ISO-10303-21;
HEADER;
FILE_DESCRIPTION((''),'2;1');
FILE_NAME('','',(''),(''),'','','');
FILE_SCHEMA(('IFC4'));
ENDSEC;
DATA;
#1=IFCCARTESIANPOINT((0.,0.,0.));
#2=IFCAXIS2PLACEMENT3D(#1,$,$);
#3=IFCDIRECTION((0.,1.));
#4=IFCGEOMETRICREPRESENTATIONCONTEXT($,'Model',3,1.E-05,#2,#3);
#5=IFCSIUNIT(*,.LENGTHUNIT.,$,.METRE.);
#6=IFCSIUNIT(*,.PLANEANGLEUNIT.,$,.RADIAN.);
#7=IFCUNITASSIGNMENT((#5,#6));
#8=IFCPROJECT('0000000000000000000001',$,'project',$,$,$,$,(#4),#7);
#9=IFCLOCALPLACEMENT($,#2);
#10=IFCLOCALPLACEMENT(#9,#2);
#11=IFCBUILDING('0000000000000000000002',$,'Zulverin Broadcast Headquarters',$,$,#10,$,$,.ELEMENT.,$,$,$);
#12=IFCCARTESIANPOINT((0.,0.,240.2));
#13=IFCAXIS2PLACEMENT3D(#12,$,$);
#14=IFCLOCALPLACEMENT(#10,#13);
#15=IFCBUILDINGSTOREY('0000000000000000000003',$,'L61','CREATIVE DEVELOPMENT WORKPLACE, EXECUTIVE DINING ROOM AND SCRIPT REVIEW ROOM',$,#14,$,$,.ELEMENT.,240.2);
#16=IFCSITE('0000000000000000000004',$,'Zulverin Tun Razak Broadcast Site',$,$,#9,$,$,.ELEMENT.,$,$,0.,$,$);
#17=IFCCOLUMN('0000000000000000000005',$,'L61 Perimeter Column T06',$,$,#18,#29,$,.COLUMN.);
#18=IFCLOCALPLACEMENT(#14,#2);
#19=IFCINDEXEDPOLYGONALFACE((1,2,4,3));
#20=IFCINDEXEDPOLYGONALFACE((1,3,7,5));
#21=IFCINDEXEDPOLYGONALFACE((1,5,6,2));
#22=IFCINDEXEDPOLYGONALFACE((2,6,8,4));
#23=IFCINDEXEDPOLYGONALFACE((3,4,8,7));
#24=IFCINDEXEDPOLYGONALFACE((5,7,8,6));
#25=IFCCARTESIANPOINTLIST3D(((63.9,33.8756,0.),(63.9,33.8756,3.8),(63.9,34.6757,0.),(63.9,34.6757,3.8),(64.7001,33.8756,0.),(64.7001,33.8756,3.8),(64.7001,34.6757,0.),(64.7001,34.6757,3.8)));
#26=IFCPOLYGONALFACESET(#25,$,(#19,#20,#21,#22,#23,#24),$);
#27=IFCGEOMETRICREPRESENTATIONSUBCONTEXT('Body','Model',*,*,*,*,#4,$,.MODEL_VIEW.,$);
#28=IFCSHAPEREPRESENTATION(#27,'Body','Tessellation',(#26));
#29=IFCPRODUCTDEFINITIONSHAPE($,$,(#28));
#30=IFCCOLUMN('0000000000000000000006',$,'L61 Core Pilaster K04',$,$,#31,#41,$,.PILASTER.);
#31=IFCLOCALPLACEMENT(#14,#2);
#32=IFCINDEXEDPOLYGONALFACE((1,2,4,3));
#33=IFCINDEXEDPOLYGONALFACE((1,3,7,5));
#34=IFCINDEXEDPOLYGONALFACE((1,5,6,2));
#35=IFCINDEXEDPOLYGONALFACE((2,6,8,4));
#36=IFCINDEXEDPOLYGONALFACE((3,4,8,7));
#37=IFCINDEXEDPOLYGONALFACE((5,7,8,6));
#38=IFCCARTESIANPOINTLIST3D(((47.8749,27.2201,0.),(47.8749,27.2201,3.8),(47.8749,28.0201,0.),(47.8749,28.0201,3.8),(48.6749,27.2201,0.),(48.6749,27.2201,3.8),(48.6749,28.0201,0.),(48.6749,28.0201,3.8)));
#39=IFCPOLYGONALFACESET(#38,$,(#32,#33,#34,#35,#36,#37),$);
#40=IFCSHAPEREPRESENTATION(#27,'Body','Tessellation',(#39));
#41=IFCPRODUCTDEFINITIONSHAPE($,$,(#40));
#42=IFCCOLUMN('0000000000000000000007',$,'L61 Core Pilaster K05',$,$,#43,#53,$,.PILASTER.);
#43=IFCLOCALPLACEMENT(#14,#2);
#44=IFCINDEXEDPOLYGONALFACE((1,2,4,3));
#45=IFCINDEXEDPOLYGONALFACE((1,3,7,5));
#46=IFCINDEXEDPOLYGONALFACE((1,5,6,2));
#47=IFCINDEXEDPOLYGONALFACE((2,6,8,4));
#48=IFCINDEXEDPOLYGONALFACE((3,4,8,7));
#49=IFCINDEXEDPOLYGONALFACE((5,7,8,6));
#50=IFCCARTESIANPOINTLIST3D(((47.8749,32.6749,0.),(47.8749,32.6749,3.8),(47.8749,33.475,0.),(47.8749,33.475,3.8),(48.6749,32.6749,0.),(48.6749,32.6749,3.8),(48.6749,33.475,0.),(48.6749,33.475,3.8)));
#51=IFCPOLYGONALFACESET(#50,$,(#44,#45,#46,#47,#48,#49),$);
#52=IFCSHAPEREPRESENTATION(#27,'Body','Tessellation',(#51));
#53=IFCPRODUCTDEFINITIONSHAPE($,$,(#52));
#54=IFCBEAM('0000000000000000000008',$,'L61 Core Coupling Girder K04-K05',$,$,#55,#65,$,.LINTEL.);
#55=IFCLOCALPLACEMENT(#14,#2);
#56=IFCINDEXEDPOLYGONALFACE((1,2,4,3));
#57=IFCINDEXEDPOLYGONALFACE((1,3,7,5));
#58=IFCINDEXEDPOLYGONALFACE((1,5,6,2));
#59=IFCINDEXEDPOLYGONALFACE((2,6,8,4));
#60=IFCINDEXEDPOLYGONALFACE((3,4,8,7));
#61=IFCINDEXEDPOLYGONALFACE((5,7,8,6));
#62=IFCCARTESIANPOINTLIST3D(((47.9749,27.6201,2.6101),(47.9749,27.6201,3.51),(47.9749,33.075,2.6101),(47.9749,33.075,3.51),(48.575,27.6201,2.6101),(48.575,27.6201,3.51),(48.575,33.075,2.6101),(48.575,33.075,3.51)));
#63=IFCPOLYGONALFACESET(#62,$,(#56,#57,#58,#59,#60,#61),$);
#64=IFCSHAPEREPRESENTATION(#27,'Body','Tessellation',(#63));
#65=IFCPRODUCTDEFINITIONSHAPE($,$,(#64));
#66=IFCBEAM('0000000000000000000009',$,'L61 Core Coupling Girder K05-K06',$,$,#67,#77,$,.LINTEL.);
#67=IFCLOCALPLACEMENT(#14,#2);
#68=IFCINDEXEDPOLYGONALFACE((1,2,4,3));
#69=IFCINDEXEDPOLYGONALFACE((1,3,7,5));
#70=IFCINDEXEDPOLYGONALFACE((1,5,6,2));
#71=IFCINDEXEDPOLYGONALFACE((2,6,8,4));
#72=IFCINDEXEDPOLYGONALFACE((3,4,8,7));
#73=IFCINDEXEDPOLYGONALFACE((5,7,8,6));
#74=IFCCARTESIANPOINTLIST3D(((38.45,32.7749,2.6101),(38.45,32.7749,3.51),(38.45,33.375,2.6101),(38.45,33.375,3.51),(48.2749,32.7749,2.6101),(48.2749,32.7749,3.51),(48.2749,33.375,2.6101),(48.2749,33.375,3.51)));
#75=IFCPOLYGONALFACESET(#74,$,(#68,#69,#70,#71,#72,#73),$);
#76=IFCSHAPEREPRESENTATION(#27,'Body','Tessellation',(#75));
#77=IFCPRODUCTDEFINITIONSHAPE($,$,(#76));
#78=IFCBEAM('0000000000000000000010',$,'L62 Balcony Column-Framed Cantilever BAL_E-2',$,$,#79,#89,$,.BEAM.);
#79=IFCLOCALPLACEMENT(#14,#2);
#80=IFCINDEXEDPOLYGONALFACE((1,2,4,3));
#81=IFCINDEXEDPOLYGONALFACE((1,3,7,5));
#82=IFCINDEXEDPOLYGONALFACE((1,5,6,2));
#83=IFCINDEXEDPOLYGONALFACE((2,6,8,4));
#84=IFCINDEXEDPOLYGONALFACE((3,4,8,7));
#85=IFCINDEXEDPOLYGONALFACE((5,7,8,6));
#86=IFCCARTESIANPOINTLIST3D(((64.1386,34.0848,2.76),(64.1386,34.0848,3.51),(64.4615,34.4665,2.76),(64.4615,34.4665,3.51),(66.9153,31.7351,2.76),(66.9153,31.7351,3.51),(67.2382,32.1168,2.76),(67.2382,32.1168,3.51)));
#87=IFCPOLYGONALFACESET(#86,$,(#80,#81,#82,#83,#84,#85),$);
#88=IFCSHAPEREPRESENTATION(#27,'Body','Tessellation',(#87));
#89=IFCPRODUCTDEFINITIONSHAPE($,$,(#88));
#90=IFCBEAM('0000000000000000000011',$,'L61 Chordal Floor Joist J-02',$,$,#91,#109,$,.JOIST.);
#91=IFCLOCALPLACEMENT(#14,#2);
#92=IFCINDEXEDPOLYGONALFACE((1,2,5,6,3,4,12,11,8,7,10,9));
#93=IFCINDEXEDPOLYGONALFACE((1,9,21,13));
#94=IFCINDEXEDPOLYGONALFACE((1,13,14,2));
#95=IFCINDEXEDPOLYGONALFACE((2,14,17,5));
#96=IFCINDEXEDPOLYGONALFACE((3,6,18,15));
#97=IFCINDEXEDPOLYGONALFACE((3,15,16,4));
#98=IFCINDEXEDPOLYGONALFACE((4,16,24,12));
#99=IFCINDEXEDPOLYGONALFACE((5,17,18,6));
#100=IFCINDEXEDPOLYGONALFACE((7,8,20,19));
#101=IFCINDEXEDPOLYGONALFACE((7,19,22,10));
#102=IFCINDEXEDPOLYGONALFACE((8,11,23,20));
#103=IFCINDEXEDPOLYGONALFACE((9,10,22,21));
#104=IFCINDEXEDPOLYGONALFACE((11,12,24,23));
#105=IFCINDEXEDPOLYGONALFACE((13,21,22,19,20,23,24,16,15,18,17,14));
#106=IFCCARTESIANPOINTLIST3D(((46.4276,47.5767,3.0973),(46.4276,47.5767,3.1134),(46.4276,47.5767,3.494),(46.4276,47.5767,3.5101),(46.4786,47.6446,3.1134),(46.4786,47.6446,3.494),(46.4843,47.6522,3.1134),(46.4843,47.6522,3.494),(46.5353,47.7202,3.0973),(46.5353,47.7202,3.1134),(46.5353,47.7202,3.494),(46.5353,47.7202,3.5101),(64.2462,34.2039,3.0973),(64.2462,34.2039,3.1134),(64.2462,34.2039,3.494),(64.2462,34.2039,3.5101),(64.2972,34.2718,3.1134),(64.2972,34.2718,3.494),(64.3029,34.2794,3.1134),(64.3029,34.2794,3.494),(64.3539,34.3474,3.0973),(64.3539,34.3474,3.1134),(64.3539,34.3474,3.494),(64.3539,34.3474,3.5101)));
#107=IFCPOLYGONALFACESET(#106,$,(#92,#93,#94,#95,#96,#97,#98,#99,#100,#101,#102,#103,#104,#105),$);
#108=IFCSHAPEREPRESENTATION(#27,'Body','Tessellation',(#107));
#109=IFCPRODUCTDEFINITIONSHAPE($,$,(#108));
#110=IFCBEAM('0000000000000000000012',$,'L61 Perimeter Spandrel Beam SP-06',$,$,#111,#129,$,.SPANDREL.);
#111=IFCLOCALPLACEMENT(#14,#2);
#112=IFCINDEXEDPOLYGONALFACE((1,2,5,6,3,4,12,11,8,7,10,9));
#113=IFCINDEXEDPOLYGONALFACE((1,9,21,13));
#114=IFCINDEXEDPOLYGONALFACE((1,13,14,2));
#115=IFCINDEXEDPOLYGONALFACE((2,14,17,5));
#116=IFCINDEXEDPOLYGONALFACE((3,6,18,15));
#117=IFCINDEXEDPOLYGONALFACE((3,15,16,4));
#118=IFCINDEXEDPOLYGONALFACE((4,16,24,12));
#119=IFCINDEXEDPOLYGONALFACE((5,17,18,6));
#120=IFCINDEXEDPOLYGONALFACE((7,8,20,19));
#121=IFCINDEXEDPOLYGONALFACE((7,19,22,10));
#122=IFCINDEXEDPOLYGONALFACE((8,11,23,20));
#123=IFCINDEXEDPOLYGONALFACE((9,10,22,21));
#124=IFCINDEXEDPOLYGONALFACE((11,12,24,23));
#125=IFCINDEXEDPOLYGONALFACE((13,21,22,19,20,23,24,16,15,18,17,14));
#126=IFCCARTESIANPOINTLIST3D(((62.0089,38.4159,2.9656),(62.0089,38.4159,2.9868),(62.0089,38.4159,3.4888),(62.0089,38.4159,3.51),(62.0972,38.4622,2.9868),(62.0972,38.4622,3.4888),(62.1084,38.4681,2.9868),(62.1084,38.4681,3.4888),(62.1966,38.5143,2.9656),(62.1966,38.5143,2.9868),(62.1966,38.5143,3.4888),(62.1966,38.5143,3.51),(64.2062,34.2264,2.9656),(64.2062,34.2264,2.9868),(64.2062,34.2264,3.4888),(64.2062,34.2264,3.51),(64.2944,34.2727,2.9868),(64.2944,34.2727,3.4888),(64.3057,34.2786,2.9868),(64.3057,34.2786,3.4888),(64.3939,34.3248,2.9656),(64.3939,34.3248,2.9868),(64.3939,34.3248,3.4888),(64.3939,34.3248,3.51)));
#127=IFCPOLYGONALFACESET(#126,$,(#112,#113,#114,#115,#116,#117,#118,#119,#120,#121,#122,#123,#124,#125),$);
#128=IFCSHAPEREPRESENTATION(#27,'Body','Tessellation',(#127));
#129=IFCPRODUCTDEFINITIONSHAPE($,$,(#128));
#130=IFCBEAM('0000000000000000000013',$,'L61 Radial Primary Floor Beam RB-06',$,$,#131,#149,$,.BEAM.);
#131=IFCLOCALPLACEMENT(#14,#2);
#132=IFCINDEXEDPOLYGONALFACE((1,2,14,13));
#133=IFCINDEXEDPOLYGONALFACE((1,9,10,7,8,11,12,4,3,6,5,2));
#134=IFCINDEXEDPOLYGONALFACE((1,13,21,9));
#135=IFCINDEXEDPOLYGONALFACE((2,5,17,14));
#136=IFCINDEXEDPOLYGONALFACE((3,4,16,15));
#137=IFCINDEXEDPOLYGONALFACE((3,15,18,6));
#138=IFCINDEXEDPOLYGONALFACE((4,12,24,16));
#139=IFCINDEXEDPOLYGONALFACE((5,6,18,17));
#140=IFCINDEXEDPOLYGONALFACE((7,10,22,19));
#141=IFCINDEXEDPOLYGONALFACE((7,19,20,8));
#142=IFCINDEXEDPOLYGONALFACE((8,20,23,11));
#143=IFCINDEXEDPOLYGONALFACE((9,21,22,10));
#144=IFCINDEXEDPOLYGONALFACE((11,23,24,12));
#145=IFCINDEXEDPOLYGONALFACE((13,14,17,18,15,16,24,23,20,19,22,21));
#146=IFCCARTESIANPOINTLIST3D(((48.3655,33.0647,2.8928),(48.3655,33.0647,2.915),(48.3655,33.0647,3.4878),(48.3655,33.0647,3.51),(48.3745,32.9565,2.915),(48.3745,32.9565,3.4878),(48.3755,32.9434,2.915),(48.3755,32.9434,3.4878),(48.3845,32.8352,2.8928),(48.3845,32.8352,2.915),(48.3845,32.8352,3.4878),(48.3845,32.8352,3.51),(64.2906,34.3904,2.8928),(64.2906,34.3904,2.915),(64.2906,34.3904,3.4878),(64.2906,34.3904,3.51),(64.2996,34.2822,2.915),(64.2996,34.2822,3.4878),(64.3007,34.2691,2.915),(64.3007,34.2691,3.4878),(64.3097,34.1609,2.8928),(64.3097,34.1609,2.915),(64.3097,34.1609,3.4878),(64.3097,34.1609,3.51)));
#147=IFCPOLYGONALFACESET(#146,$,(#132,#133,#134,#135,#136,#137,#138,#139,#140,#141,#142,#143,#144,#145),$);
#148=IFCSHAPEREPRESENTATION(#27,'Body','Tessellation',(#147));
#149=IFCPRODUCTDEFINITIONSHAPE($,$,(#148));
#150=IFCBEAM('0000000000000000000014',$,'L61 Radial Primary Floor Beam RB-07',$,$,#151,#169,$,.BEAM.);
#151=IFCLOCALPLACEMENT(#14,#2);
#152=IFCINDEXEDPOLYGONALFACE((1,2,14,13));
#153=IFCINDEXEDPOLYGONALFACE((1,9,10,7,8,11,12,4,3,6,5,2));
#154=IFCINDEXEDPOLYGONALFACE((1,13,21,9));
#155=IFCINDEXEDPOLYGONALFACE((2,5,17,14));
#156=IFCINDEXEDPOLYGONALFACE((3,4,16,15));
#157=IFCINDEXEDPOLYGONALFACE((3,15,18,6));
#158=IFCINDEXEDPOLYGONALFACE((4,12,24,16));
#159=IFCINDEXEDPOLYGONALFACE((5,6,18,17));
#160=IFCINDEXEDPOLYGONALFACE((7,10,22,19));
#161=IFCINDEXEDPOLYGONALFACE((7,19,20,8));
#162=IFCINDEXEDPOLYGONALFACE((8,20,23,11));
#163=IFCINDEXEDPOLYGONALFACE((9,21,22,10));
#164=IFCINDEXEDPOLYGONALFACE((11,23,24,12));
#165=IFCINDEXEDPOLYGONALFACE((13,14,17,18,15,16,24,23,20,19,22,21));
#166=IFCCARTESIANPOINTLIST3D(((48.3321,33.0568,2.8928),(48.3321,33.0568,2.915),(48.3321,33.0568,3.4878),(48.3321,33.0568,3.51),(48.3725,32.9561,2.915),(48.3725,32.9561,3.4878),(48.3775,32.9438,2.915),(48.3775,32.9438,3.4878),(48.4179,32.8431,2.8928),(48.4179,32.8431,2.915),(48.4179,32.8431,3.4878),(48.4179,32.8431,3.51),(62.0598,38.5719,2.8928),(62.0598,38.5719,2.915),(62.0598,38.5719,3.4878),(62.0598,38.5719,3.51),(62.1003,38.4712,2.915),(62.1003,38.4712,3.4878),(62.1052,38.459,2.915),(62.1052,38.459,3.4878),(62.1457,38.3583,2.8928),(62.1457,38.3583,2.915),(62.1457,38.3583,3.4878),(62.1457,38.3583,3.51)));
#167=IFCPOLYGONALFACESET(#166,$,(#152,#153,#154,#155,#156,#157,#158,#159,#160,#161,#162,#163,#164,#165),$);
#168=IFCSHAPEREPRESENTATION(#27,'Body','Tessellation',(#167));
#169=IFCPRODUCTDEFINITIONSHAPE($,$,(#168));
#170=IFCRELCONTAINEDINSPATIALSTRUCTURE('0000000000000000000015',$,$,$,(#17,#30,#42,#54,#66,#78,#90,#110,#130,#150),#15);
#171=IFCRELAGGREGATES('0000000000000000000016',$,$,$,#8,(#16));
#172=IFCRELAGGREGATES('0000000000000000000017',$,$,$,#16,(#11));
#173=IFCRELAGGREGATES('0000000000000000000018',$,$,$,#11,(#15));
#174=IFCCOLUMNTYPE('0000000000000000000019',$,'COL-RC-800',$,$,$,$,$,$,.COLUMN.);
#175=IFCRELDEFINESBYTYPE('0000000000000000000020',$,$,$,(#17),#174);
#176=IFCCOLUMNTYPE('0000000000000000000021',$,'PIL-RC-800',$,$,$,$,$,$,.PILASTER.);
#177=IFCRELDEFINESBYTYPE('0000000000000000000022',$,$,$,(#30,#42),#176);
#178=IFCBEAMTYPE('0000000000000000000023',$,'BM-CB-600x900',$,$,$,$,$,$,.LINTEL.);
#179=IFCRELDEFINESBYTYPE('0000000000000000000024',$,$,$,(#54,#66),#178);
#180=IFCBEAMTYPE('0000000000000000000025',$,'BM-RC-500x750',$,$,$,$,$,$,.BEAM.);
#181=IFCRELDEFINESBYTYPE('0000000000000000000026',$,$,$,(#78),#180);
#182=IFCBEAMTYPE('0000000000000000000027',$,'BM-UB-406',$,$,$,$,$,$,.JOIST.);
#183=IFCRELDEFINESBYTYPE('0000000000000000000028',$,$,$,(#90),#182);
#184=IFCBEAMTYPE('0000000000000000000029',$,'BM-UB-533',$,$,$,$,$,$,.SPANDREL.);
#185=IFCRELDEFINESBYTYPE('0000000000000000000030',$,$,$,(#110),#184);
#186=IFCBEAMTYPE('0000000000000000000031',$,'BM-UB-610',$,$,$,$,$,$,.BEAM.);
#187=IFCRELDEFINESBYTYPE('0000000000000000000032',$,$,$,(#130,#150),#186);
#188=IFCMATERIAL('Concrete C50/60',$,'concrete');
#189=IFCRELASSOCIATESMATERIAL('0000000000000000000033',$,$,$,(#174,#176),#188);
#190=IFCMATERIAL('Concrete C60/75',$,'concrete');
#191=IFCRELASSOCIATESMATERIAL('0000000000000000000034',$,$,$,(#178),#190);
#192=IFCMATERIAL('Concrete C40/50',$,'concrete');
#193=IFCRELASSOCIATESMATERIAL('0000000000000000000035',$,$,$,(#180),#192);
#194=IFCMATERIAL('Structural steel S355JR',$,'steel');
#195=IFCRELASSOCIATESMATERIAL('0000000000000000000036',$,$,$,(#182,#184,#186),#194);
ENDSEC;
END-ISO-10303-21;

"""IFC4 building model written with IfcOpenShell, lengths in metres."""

from ifc_helpers import new_model, si_unit, direction, frame, origin, origin_2d, place, context, subcontext, project, spatial, rectangle, i_section, extrude, material, material_profile, profile_set, type_object, element, save


model = new_model("IFC4")

# Units and contexts
model_context = context("Model", 3, precision=1e-05, world=origin(), true_north=direction((0.0, 1.0)))
body_context = subcontext(model_context, "Body", "Model", "MODEL_VIEW")
ifc_project = project(units=[si_unit("LENGTHUNIT", "METRE"), si_unit("PLANEANGLEUNIT", "RADIAN")], contexts=[model_context])

# Site, building, storey
site_placement = place(None, origin())
site = spatial("IfcSite", under=ifc_project, at=site_placement, Name="Zulverin Tun Razak Broadcast Site", CompositionType="ELEMENT", RefElevation=0.0)
building_placement = place(site_placement, origin())
building = spatial("IfcBuilding", under=site, at=building_placement, Name="Zulverin Broadcast Headquarters", CompositionType="ELEMENT")
storey_placement = place(building_placement, frame((0.0, 0.0, 240.2)))
storey = spatial("IfcBuildingStorey", under=building, at=storey_placement, Name="L61", Description="CREATIVE DEVELOPMENT WORKPLACE, EXECUTIVE DINING ROOM AND SCRIPT REVIEW ROOM", CompositionType="ELEMENT", Elevation=240.2)

# Columns
ifc_material_1 = material(Name="Concrete C50/60", Category="concrete")
ifc_material_profile_1 = material_profile(ifc_material_1, rectangle(XDim=0.8, YDim=0.8, at=origin_2d()), Name="Concrete C50/60", Category="concrete")
ifc_profile_set_1 = profile_set([ifc_material_profile_1], Name="Concrete C50/60")
column_type_1 = type_object("IfcColumnType", Name="COL-RC-800", PredefinedType="COLUMN", material=ifc_profile_set_1)
column_placement = place(storey_placement, frame((64.3, 34.2756, 0.0), z_axis=(0.0, 0.0, 1.0), x_axis=(1.0, 0.0, 0.0)))
element("IfcColumn", 1, at=column_placement, inside=storey, type_object=column_type_1, Name="L61 Perimeter Column T06", PredefinedType="COLUMN", context=body_context, shape_type="SweptSolid", body=[
    extrude(rectangle(XDim=0.8, YDim=0.8, at=origin_2d()), origin(), (0.0, 0.0, 1.0), 3.8),
])
ifc_material_profile_2 = material_profile(ifc_material_1, rectangle(XDim=0.8, YDim=0.8, at=origin_2d()), Name="Concrete C50/60", Category="concrete")
ifc_profile_set_2 = profile_set([ifc_material_profile_2], Name="Concrete C50/60")
column_type_2 = type_object("IfcColumnType", Name="PIL-RC-800", PredefinedType="PILASTER", material=ifc_profile_set_2)
for number, where, z_axis, x_axis, name in (
    (2, (48.2749, 27.6201, 0.0), (0.0, 0.0, 1.0), (1.0, 0.0, 0.0), "L61 Core Pilaster K04"),
    (3, (48.2749, 33.075, 0.0), (0.0, 0.0, 1.0), (1.0, 0.0, 0.0), "L61 Core Pilaster K05"),
):
    element("IfcColumn", number, at=place(storey_placement, frame(where, z_axis=z_axis, x_axis=x_axis)), inside=storey, type_object=column_type_2, Name=name, PredefinedType="PILASTER", context=body_context, shape_type="SweptSolid", body=[
        extrude(rectangle(XDim=0.8, YDim=0.8, at=origin_2d()), origin(), (0.0, 0.0, 1.0), 3.8),
    ])

# Beams
ifc_material_2 = material(Name="Concrete C60/75", Category="concrete")
ifc_material_profile_3 = material_profile(ifc_material_2, rectangle(XDim=0.6001, YDim=0.8999, at=origin_2d()), Name="Concrete C60/75", Category="concrete")
ifc_profile_set_3 = profile_set([ifc_material_profile_3], Name="Concrete C60/75")
beam_type_1 = type_object("IfcBeamType", Name="BM-CB-600x900", PredefinedType="LINTEL", material=ifc_profile_set_3)
beam_1_placement = place(storey_placement, frame((48.2749, 27.6201, 3.0601), z_axis=(0.0, 1.0, 0.0), x_axis=(-1.0, 0.0, 0.0)))
element("IfcBeam", 4, at=beam_1_placement, inside=storey, type_object=beam_type_1, Name="L61 Core Coupling Girder K04-K05", PredefinedType="LINTEL", context=body_context, shape_type="SweptSolid", body=[
    extrude(rectangle(XDim=0.6001, YDim=0.8999, at=origin_2d()), origin(), (0.0, 0.0, 1.0), 5.4548),
])
beam_2_placement = place(storey_placement, frame((48.2749, 33.075, 3.0601), z_axis=(-1.0, 0.0, 0.0), x_axis=(0.0, -1.0, 0.0)))
element("IfcBeam", 5, at=beam_2_placement, inside=storey, type_object=beam_type_1, Name="L61 Core Coupling Girder K05-K06", PredefinedType="LINTEL", context=body_context, shape_type="SweptSolid", body=[
    extrude(rectangle(XDim=0.6001, YDim=0.8999, at=origin_2d()), origin(), (0.0, 0.0, 1.0), 9.825),
])
ifc_material_3 = material(Name="Concrete C40/50", Category="concrete")
ifc_material_profile_4 = material_profile(ifc_material_3, rectangle(XDim=0.5, YDim=0.75, at=origin_2d()), Name="Concrete C40/50", Category="concrete")
ifc_profile_set_4 = profile_set([ifc_material_profile_4], Name="Concrete C40/50")
beam_type_2 = type_object("IfcBeamType", Name="BM-RC-500x750", PredefinedType="BEAM", material=ifc_profile_set_4)
beam_3_placement = place(storey_placement, frame((64.3, 34.2756, 3.135), z_axis=(0.763363, -0.645969, 0.0), x_axis=(0.645969, 0.763363, 0.0)))
element("IfcBeam", 6, at=beam_3_placement, inside=storey, type_object=beam_type_2, Name="L62 Balcony Column-Framed Cantilever BAL_E-2", PredefinedType="BEAM", context=body_context, shape_type="SweptSolid", body=[
    extrude(rectangle(XDim=0.5, YDim=0.75, at=origin_2d()), origin(), (0.0, 0.0, 1.0), 3.6375),
])
ifc_material_4 = material(Name="Structural steel S355JR", Category="steel")
ifc_material_profile_5 = material_profile(ifc_material_4, i_section(OverallWidth=0.1794, OverallDepth=0.4128, WebThickness=0.0095, FlangeThickness=0.0161, at=origin_2d()), Name="Structural steel S355JR", Category="steel")
ifc_profile_set_5 = profile_set([ifc_material_profile_5], Name="Structural steel S355JR")
beam_type_3 = type_object("IfcBeamType", Name="BM-UB-406", PredefinedType="JOIST", material=ifc_profile_set_5)
beam_4_placement = place(storey_placement, frame((64.3, 34.2756, 3.3037), z_axis=(-0.799809, 0.600254, 0.0), x_axis=(-0.600254, -0.799809, 0.0)))
element("IfcBeam", 7, at=beam_4_placement, inside=storey, type_object=beam_type_3, Name="L61 Chordal Floor Joist J-02", PredefinedType="JOIST", context=body_context, shape_type="SweptSolid", body=[
    extrude(i_section(OverallWidth=0.1794, OverallDepth=0.4128, WebThickness=0.0095, FlangeThickness=0.0161, at=origin_2d()), origin(), (0.0, 0.0, 1.0), 22.2786),
])
ifc_material_profile_6 = material_profile(ifc_material_4, i_section(OverallWidth=0.2119, OverallDepth=0.5444, WebThickness=0.0127, FlangeThickness=0.0212, at=origin_2d()), Name="Structural steel S355JR", Category="steel")
ifc_profile_set_6 = profile_set([ifc_material_profile_6], Name="Structural steel S355JR")
beam_type_4 = type_object("IfcBeamType", Name="BM-UB-533", PredefinedType="SPANDREL", material=ifc_profile_set_6)
beam_5_placement = place(storey_placement, frame((64.3, 34.2756, 3.2378), z_axis=(-0.46447, 0.885589, 0.0), x_axis=(-0.885589, -0.46447, 0.0)))
element("IfcBeam", 8, at=beam_5_placement, inside=storey, type_object=beam_type_4, Name="L61 Perimeter Spandrel Beam SP-06", PredefinedType="SPANDREL", context=body_context, shape_type="SweptSolid", body=[
    extrude(i_section(OverallWidth=0.2119, OverallDepth=0.5444, WebThickness=0.0127, FlangeThickness=0.0212, at=origin_2d()), origin(), (0.0, 0.0, 1.0), 4.7307),
])
ifc_material_profile_7 = material_profile(ifc_material_4, i_section(OverallWidth=0.2302, OverallDepth=0.6172, WebThickness=0.0132, FlangeThickness=0.0222, at=origin_2d()), Name="Structural steel S355JR", Category="steel")
ifc_profile_set_7 = profile_set([ifc_material_profile_7], Name="Structural steel S355JR")
beam_type_5 = type_object("IfcBeamType", Name="BM-UB-610", PredefinedType="BEAM", material=ifc_profile_set_7)
beam_6_placement = place(storey_placement, frame((48.375, 32.95, 3.2014), z_axis=(0.996553, 0.082958, 0.0), x_axis=(-0.082958, 0.996553, 0.0)))
element("IfcBeam", 9, at=beam_6_placement, inside=storey, type_object=beam_type_5, Name="L61 Radial Primary Floor Beam RB-06", PredefinedType="BEAM", context=body_context, shape_type="SweptSolid", body=[
    extrude(i_section(OverallWidth=0.2302, OverallDepth=0.6172, WebThickness=0.0132, FlangeThickness=0.0222, at=origin_2d()), origin(), (0.0, 0.0, 1.0), 15.9802),
])
beam_7_placement = place(storey_placement, frame((48.375, 32.95, 3.2014), z_axis=(0.927916, 0.37279, 0.0), x_axis=(-0.37279, 0.927916, 0.0)))
element("IfcBeam", 10, at=beam_7_placement, inside=storey, type_object=beam_type_5, Name="L61 Radial Primary Floor Beam RB-07", PredefinedType="BEAM", context=body_context, shape_type="SweptSolid", body=[
    extrude(i_section(OverallWidth=0.2302, OverallDepth=0.6172, WebThickness=0.0132, FlangeThickness=0.0222, at=origin_2d()), origin(), (0.0, 0.0, 1.0), 14.7942),
])

save(model, "model.ifc")
